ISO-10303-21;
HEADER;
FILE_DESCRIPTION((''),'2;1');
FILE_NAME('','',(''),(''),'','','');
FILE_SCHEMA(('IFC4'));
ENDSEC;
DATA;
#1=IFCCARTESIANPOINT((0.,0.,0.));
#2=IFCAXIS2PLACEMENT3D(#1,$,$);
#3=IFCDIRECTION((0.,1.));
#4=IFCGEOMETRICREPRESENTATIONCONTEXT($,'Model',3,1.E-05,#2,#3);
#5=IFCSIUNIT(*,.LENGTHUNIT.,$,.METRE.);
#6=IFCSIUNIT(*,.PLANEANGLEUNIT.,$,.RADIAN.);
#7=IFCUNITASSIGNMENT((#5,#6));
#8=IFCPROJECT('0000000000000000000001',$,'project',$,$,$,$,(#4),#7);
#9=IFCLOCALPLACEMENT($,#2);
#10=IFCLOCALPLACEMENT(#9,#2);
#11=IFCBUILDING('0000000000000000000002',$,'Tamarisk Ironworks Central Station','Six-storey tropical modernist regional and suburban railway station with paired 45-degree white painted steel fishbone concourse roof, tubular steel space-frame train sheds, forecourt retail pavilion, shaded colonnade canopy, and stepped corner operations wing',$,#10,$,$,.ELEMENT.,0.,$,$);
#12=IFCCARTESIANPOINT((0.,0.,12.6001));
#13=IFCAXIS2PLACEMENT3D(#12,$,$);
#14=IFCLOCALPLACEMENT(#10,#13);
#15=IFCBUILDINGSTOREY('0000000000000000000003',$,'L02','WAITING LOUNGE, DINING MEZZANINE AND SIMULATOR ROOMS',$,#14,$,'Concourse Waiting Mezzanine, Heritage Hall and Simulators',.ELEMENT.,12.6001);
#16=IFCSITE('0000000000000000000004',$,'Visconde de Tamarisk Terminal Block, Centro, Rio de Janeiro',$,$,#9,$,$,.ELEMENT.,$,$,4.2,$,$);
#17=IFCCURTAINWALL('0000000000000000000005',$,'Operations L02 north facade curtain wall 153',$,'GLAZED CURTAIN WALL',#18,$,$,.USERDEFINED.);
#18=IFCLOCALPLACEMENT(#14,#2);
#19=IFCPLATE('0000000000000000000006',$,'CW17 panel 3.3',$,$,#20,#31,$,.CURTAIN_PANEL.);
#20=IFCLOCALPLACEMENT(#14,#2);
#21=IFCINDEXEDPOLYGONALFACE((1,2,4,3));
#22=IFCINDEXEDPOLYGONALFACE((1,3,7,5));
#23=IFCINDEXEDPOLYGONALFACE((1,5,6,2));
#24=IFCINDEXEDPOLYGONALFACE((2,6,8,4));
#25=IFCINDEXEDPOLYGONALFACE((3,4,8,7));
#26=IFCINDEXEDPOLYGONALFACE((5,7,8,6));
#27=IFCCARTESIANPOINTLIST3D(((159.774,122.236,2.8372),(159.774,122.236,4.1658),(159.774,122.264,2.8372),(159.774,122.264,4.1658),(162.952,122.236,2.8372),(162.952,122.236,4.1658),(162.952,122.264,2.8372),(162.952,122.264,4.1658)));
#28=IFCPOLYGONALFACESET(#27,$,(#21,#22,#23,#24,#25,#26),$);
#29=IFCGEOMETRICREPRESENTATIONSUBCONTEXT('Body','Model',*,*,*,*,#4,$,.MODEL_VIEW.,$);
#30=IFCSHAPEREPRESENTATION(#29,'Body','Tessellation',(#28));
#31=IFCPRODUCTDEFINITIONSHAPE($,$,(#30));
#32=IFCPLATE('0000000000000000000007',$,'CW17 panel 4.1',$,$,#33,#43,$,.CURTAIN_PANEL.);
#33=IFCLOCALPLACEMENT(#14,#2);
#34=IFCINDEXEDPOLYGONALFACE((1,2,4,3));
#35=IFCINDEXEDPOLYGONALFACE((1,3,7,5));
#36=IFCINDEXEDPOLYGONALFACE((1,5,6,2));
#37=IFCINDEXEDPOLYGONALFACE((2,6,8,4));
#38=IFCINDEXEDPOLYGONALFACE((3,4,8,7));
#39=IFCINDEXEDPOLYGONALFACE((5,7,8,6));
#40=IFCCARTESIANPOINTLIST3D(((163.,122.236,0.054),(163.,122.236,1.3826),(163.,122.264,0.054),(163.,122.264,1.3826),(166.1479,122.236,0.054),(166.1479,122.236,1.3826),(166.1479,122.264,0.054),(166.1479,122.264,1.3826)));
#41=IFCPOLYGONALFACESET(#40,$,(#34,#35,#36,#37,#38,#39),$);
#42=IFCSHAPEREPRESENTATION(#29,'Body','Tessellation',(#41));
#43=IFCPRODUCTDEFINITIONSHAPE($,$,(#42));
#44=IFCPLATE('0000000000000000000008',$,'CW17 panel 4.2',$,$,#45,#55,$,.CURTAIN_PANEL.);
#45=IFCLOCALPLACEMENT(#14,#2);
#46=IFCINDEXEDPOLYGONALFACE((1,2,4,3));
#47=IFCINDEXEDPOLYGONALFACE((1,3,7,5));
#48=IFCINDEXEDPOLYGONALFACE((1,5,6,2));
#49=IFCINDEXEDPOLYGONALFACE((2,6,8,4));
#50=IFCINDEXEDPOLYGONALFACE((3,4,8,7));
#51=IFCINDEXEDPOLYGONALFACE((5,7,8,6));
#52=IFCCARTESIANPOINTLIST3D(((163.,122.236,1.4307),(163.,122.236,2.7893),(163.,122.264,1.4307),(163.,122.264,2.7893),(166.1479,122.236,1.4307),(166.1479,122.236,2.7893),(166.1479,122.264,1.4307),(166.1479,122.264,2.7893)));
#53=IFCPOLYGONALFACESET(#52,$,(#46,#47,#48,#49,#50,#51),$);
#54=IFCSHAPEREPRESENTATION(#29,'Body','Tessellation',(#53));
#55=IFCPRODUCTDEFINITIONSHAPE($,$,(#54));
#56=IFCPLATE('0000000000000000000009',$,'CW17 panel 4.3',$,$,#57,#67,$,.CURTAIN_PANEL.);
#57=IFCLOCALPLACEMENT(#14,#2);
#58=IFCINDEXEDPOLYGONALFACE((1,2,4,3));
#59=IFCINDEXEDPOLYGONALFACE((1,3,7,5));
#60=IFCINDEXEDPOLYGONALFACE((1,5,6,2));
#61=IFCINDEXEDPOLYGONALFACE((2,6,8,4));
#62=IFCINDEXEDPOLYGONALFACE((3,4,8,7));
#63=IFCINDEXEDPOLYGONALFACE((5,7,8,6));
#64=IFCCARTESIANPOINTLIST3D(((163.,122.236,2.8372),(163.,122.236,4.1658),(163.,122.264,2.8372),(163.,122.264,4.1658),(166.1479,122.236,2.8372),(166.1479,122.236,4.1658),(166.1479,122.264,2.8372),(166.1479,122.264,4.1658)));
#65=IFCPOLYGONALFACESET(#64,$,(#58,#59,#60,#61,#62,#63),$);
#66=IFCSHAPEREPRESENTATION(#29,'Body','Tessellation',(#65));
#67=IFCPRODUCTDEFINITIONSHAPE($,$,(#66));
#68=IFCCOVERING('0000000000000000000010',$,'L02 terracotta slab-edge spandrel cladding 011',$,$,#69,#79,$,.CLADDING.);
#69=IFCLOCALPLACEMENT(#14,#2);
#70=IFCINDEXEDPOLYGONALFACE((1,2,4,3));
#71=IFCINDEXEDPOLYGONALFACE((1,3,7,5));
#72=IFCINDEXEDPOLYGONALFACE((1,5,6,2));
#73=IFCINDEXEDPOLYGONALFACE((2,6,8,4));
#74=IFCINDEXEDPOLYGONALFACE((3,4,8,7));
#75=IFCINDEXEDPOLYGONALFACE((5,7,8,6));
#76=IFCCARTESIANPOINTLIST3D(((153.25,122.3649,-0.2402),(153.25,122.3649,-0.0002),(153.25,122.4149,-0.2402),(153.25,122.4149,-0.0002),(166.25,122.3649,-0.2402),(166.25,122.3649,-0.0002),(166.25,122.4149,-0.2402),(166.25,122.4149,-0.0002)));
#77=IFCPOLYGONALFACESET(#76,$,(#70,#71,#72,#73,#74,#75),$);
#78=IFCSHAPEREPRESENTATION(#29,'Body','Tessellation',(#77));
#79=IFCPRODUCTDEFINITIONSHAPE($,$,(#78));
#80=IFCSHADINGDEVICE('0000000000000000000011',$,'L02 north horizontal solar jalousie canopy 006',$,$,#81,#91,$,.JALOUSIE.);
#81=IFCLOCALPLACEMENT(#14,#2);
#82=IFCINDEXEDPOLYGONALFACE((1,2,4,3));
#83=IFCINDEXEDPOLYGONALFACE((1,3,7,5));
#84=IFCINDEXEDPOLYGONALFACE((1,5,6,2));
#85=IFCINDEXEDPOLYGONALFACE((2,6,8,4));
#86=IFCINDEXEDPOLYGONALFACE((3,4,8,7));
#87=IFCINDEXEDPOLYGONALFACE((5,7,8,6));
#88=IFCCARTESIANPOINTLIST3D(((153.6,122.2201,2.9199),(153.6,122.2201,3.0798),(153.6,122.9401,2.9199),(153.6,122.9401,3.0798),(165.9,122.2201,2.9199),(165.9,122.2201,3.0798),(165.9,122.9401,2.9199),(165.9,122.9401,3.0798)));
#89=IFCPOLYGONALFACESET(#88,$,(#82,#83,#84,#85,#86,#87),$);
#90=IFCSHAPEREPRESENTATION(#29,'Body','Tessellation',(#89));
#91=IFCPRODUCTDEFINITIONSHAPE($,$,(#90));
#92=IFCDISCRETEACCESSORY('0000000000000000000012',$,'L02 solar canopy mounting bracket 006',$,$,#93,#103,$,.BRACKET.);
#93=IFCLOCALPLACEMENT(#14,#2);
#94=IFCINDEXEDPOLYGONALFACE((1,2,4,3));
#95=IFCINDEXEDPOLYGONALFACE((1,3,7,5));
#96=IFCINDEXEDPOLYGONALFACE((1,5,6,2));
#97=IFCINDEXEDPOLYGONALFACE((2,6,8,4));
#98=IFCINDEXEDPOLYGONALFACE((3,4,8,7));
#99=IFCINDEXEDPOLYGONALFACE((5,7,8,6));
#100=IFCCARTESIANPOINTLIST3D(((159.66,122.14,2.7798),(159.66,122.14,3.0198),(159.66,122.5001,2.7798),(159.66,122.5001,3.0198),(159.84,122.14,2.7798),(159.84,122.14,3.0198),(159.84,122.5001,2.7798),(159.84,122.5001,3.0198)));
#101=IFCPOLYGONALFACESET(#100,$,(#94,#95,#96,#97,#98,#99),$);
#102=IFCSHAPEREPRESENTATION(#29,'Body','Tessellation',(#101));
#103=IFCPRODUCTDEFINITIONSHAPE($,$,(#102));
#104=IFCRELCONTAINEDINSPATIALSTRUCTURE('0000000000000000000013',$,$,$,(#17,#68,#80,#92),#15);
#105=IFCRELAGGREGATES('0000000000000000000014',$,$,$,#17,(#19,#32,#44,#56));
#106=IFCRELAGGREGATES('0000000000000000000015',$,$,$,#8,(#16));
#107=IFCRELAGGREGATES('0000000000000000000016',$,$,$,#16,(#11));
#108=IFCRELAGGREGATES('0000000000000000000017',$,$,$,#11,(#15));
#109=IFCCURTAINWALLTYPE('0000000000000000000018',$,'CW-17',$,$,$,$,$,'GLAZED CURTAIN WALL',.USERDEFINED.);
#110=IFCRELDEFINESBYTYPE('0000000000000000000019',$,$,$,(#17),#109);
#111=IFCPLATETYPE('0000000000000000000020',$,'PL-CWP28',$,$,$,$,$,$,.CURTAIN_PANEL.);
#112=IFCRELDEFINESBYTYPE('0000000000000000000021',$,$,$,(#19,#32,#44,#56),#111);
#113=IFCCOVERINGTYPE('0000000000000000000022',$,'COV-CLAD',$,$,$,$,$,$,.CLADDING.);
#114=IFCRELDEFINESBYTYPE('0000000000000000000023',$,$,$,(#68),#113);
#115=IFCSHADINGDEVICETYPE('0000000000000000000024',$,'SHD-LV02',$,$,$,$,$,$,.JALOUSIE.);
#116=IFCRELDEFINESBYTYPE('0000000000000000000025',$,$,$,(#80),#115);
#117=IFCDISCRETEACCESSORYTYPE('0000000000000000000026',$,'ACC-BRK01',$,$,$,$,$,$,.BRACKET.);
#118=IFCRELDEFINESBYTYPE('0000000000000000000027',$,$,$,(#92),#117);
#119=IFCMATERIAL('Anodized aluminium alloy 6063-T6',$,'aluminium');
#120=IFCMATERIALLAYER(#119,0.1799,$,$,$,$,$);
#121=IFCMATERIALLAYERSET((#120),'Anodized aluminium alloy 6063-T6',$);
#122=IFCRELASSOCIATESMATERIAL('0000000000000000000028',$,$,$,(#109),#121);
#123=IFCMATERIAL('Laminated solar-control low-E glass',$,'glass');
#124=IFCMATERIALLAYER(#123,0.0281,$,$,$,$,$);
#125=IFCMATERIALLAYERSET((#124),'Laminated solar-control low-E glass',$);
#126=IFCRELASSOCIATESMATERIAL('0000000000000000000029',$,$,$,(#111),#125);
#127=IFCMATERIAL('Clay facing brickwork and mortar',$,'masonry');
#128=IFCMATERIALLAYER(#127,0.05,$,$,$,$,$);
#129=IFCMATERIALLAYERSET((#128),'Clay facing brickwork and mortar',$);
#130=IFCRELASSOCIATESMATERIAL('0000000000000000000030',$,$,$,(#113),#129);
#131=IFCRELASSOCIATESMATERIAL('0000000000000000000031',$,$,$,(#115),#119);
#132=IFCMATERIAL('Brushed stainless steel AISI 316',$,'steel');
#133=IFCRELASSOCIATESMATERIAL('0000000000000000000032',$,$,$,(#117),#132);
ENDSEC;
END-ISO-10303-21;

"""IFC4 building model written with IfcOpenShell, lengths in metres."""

from ifc_helpers import new_model, si_unit, direction, frame, origin, origin_2d, place, context, subcontext, project, spatial, rectangle, extrude, material, layer, layer_set, type_object, element, aggregate, save


model = new_model("IFC4")

# Units and contexts
model_context = context("Model", 3, precision=1e-05, world=origin(), true_north=direction((0.0, 1.0)))
body_context = subcontext(model_context, "Body", "Model", "MODEL_VIEW")
ifc_project = project(units=[si_unit("LENGTHUNIT", "METRE"), si_unit("PLANEANGLEUNIT", "RADIAN")], contexts=[model_context])

# Site, building, storey
site_placement = place(None, origin())
site = spatial("IfcSite", under=ifc_project, at=site_placement, Name="Visconde de Tamarisk Terminal Block, Centro, Rio de Janeiro", CompositionType="ELEMENT", RefElevation=4.2)
building_placement = place(site_placement, origin())
building = spatial("IfcBuilding", under=site, at=building_placement, Name="Tamarisk Ironworks Central Station", Description="Six-storey tropical modernist regional and suburban railway station with paired 45-degree white painted steel fishbone concourse roof, tubular steel space-frame train sheds, forecourt retail pavilion, shaded colonnade canopy, and stepped corner operations wing", CompositionType="ELEMENT", ElevationOfRefHeight=0.0)
storey_placement = place(building_placement, frame((0.0, 0.0, 12.6001)))
storey = spatial("IfcBuildingStorey", under=building, at=storey_placement, Name="L02", Description="WAITING LOUNGE, DINING MEZZANINE AND SIMULATOR ROOMS", LongName="Concourse Waiting Mezzanine, Heritage Hall and Simulators", CompositionType="ELEMENT", Elevation=12.6001)

# Curtain wall, plates
ifc_material_1 = material(Name="Anodized aluminium alloy 6063-T6", Category="aluminium")
ifc_layer_1 = layer(ifc_material_1, 0.1799)
ifc_layer_set_1 = layer_set([ifc_layer_1], Name="Anodized aluminium alloy 6063-T6")
curtain_wall_type = type_object("IfcCurtainWallType", Name="CW-17", ElementType="GLAZED CURTAIN WALL", PredefinedType="USERDEFINED", material=ifc_layer_set_1)
curtain_wall_placement = place(storey_placement, origin())
curtain_wall = element("IfcCurtainWall", 1, at=curtain_wall_placement, inside=storey, type_object=curtain_wall_type, Name="Operations L02 north facade curtain wall 153", ObjectType="GLAZED CURTAIN WALL", PredefinedType="USERDEFINED")
ifc_material_2 = material(Name="Laminated solar-control low-E glass", Category="glass")
ifc_layer_2 = layer(ifc_material_2, 0.0281)
ifc_layer_set_2 = layer_set([ifc_layer_2], Name="Laminated solar-control low-E glass")
plate_type = type_object("IfcPlateType", Name="PL-CWP28", PredefinedType="CURTAIN_PANEL", material=ifc_layer_set_2)
plate_1_placement = place(storey_placement, frame((161.363, 122.25, 2.8372), z_axis=(0.0, 0.0, 1.0), x_axis=(1.0, 0.0, 0.0)))
plate_1 = element("IfcPlate", 2, at=plate_1_placement, type_object=plate_type, Name="CW17 panel 3.3", PredefinedType="CURTAIN_PANEL", context=body_context, shape_type="SweptSolid", body=[
    extrude(rectangle(XDim=3.178, YDim=0.0281, at=origin_2d()), origin(), (0.0, 0.0, 1.0), 1.3286),
])
plate_2_placement = place(storey_placement, frame((164.574, 122.25, 0.054), z_axis=(0.0, 0.0, 1.0), x_axis=(1.0, 0.0, 0.0)))
plate_2 = element("IfcPlate", 3, at=plate_2_placement, type_object=plate_type, Name="CW17 panel 4.1", PredefinedType="CURTAIN_PANEL", context=body_context, shape_type="SweptSolid", body=[
    extrude(rectangle(XDim=3.1479, YDim=0.0281, at=origin_2d()), origin(), (0.0, 0.0, 1.0), 1.3286),
])
plate_3_placement = place(storey_placement, frame((164.574, 122.25, 1.4307), z_axis=(0.0, 0.0, 1.0), x_axis=(1.0, 0.0, 0.0)))
plate_3 = element("IfcPlate", 4, at=plate_3_placement, type_object=plate_type, Name="CW17 panel 4.2", PredefinedType="CURTAIN_PANEL", context=body_context, shape_type="SweptSolid", body=[
    extrude(rectangle(XDim=3.1479, YDim=0.0281, at=origin_2d()), origin(), (0.0, 0.0, 1.0), 1.3586),
])
plate_4_placement = place(storey_placement, frame((164.574, 122.25, 2.8372), z_axis=(0.0, 0.0, 1.0), x_axis=(1.0, 0.0, 0.0)))
plate_4 = element("IfcPlate", 5, at=plate_4_placement, type_object=plate_type, Name="CW17 panel 4.3", PredefinedType="CURTAIN_PANEL", context=body_context, shape_type="SweptSolid", body=[
    extrude(rectangle(XDim=3.1479, YDim=0.0281, at=origin_2d()), origin(), (0.0, 0.0, 1.0), 1.3286),
])
aggregate(curtain_wall, [plate_1, plate_2, plate_3, plate_4])

# Covering
ifc_material_3 = material(Name="Clay facing brickwork and mortar", Category="masonry")
ifc_layer_3 = layer(ifc_material_3, 0.05)
ifc_layer_set_3 = layer_set([ifc_layer_3], Name="Clay facing brickwork and mortar")
covering_type = type_object("IfcCoveringType", Name="COV-CLAD", PredefinedType="CLADDING", material=ifc_layer_set_3)
covering_placement = place(storey_placement, frame((159.75, 122.3899, -0.2402), z_axis=(0.0, 0.0, 1.0), x_axis=(1.0, 0.0, 0.0)))
element("IfcCovering", 6, at=covering_placement, inside=storey, type_object=covering_type, Name="L02 terracotta slab-edge spandrel cladding 011", PredefinedType="CLADDING", context=body_context, shape_type="SweptSolid", body=[
    extrude(rectangle(XDim=13.0, YDim=0.05, at=origin_2d()), origin(), (0.0, 0.0, 1.0), 0.24),
])

# Shading device
shading_device_type = type_object("IfcShadingDeviceType", Name="SHD-LV02", PredefinedType="JALOUSIE", material=ifc_material_1)
shading_device_placement = place(storey_placement, frame((159.75, 122.5801, 2.9199), z_axis=(0.0, 0.0, 1.0), x_axis=(1.0, 0.0, 0.0)))
element("IfcShadingDevice", 7, at=shading_device_placement, inside=storey, type_object=shading_device_type, Name="L02 north horizontal solar jalousie canopy 006", PredefinedType="JALOUSIE", context=body_context, shape_type="SweptSolid", body=[
    extrude(rectangle(XDim=12.3, YDim=0.72, at=origin_2d()), origin(), (0.0, 0.0, 1.0), 0.1599),
])

# Discrete accessory
ifc_material_4 = material(Name="Brushed stainless steel AISI 316", Category="steel")
discrete_accessory_type = type_object("IfcDiscreteAccessoryType", Name="ACC-BRK01", PredefinedType="BRACKET", material=ifc_material_4)
discrete_accessory_placement = place(storey_placement, frame((159.75, 122.3201, 2.7798), z_axis=(0.0, 0.0, 1.0), x_axis=(1.0, 0.0, 0.0)))
element("IfcDiscreteAccessory", 8, at=discrete_accessory_placement, inside=storey, type_object=discrete_accessory_type, Name="L02 solar canopy mounting bracket 006", PredefinedType="BRACKET", context=body_context, shape_type="SweptSolid", body=[
    extrude(rectangle(XDim=0.1799, YDim=0.3601, at=origin_2d()), origin(), (0.0, 0.0, 1.0), 0.24),
])

save(model, "model.ifc")
